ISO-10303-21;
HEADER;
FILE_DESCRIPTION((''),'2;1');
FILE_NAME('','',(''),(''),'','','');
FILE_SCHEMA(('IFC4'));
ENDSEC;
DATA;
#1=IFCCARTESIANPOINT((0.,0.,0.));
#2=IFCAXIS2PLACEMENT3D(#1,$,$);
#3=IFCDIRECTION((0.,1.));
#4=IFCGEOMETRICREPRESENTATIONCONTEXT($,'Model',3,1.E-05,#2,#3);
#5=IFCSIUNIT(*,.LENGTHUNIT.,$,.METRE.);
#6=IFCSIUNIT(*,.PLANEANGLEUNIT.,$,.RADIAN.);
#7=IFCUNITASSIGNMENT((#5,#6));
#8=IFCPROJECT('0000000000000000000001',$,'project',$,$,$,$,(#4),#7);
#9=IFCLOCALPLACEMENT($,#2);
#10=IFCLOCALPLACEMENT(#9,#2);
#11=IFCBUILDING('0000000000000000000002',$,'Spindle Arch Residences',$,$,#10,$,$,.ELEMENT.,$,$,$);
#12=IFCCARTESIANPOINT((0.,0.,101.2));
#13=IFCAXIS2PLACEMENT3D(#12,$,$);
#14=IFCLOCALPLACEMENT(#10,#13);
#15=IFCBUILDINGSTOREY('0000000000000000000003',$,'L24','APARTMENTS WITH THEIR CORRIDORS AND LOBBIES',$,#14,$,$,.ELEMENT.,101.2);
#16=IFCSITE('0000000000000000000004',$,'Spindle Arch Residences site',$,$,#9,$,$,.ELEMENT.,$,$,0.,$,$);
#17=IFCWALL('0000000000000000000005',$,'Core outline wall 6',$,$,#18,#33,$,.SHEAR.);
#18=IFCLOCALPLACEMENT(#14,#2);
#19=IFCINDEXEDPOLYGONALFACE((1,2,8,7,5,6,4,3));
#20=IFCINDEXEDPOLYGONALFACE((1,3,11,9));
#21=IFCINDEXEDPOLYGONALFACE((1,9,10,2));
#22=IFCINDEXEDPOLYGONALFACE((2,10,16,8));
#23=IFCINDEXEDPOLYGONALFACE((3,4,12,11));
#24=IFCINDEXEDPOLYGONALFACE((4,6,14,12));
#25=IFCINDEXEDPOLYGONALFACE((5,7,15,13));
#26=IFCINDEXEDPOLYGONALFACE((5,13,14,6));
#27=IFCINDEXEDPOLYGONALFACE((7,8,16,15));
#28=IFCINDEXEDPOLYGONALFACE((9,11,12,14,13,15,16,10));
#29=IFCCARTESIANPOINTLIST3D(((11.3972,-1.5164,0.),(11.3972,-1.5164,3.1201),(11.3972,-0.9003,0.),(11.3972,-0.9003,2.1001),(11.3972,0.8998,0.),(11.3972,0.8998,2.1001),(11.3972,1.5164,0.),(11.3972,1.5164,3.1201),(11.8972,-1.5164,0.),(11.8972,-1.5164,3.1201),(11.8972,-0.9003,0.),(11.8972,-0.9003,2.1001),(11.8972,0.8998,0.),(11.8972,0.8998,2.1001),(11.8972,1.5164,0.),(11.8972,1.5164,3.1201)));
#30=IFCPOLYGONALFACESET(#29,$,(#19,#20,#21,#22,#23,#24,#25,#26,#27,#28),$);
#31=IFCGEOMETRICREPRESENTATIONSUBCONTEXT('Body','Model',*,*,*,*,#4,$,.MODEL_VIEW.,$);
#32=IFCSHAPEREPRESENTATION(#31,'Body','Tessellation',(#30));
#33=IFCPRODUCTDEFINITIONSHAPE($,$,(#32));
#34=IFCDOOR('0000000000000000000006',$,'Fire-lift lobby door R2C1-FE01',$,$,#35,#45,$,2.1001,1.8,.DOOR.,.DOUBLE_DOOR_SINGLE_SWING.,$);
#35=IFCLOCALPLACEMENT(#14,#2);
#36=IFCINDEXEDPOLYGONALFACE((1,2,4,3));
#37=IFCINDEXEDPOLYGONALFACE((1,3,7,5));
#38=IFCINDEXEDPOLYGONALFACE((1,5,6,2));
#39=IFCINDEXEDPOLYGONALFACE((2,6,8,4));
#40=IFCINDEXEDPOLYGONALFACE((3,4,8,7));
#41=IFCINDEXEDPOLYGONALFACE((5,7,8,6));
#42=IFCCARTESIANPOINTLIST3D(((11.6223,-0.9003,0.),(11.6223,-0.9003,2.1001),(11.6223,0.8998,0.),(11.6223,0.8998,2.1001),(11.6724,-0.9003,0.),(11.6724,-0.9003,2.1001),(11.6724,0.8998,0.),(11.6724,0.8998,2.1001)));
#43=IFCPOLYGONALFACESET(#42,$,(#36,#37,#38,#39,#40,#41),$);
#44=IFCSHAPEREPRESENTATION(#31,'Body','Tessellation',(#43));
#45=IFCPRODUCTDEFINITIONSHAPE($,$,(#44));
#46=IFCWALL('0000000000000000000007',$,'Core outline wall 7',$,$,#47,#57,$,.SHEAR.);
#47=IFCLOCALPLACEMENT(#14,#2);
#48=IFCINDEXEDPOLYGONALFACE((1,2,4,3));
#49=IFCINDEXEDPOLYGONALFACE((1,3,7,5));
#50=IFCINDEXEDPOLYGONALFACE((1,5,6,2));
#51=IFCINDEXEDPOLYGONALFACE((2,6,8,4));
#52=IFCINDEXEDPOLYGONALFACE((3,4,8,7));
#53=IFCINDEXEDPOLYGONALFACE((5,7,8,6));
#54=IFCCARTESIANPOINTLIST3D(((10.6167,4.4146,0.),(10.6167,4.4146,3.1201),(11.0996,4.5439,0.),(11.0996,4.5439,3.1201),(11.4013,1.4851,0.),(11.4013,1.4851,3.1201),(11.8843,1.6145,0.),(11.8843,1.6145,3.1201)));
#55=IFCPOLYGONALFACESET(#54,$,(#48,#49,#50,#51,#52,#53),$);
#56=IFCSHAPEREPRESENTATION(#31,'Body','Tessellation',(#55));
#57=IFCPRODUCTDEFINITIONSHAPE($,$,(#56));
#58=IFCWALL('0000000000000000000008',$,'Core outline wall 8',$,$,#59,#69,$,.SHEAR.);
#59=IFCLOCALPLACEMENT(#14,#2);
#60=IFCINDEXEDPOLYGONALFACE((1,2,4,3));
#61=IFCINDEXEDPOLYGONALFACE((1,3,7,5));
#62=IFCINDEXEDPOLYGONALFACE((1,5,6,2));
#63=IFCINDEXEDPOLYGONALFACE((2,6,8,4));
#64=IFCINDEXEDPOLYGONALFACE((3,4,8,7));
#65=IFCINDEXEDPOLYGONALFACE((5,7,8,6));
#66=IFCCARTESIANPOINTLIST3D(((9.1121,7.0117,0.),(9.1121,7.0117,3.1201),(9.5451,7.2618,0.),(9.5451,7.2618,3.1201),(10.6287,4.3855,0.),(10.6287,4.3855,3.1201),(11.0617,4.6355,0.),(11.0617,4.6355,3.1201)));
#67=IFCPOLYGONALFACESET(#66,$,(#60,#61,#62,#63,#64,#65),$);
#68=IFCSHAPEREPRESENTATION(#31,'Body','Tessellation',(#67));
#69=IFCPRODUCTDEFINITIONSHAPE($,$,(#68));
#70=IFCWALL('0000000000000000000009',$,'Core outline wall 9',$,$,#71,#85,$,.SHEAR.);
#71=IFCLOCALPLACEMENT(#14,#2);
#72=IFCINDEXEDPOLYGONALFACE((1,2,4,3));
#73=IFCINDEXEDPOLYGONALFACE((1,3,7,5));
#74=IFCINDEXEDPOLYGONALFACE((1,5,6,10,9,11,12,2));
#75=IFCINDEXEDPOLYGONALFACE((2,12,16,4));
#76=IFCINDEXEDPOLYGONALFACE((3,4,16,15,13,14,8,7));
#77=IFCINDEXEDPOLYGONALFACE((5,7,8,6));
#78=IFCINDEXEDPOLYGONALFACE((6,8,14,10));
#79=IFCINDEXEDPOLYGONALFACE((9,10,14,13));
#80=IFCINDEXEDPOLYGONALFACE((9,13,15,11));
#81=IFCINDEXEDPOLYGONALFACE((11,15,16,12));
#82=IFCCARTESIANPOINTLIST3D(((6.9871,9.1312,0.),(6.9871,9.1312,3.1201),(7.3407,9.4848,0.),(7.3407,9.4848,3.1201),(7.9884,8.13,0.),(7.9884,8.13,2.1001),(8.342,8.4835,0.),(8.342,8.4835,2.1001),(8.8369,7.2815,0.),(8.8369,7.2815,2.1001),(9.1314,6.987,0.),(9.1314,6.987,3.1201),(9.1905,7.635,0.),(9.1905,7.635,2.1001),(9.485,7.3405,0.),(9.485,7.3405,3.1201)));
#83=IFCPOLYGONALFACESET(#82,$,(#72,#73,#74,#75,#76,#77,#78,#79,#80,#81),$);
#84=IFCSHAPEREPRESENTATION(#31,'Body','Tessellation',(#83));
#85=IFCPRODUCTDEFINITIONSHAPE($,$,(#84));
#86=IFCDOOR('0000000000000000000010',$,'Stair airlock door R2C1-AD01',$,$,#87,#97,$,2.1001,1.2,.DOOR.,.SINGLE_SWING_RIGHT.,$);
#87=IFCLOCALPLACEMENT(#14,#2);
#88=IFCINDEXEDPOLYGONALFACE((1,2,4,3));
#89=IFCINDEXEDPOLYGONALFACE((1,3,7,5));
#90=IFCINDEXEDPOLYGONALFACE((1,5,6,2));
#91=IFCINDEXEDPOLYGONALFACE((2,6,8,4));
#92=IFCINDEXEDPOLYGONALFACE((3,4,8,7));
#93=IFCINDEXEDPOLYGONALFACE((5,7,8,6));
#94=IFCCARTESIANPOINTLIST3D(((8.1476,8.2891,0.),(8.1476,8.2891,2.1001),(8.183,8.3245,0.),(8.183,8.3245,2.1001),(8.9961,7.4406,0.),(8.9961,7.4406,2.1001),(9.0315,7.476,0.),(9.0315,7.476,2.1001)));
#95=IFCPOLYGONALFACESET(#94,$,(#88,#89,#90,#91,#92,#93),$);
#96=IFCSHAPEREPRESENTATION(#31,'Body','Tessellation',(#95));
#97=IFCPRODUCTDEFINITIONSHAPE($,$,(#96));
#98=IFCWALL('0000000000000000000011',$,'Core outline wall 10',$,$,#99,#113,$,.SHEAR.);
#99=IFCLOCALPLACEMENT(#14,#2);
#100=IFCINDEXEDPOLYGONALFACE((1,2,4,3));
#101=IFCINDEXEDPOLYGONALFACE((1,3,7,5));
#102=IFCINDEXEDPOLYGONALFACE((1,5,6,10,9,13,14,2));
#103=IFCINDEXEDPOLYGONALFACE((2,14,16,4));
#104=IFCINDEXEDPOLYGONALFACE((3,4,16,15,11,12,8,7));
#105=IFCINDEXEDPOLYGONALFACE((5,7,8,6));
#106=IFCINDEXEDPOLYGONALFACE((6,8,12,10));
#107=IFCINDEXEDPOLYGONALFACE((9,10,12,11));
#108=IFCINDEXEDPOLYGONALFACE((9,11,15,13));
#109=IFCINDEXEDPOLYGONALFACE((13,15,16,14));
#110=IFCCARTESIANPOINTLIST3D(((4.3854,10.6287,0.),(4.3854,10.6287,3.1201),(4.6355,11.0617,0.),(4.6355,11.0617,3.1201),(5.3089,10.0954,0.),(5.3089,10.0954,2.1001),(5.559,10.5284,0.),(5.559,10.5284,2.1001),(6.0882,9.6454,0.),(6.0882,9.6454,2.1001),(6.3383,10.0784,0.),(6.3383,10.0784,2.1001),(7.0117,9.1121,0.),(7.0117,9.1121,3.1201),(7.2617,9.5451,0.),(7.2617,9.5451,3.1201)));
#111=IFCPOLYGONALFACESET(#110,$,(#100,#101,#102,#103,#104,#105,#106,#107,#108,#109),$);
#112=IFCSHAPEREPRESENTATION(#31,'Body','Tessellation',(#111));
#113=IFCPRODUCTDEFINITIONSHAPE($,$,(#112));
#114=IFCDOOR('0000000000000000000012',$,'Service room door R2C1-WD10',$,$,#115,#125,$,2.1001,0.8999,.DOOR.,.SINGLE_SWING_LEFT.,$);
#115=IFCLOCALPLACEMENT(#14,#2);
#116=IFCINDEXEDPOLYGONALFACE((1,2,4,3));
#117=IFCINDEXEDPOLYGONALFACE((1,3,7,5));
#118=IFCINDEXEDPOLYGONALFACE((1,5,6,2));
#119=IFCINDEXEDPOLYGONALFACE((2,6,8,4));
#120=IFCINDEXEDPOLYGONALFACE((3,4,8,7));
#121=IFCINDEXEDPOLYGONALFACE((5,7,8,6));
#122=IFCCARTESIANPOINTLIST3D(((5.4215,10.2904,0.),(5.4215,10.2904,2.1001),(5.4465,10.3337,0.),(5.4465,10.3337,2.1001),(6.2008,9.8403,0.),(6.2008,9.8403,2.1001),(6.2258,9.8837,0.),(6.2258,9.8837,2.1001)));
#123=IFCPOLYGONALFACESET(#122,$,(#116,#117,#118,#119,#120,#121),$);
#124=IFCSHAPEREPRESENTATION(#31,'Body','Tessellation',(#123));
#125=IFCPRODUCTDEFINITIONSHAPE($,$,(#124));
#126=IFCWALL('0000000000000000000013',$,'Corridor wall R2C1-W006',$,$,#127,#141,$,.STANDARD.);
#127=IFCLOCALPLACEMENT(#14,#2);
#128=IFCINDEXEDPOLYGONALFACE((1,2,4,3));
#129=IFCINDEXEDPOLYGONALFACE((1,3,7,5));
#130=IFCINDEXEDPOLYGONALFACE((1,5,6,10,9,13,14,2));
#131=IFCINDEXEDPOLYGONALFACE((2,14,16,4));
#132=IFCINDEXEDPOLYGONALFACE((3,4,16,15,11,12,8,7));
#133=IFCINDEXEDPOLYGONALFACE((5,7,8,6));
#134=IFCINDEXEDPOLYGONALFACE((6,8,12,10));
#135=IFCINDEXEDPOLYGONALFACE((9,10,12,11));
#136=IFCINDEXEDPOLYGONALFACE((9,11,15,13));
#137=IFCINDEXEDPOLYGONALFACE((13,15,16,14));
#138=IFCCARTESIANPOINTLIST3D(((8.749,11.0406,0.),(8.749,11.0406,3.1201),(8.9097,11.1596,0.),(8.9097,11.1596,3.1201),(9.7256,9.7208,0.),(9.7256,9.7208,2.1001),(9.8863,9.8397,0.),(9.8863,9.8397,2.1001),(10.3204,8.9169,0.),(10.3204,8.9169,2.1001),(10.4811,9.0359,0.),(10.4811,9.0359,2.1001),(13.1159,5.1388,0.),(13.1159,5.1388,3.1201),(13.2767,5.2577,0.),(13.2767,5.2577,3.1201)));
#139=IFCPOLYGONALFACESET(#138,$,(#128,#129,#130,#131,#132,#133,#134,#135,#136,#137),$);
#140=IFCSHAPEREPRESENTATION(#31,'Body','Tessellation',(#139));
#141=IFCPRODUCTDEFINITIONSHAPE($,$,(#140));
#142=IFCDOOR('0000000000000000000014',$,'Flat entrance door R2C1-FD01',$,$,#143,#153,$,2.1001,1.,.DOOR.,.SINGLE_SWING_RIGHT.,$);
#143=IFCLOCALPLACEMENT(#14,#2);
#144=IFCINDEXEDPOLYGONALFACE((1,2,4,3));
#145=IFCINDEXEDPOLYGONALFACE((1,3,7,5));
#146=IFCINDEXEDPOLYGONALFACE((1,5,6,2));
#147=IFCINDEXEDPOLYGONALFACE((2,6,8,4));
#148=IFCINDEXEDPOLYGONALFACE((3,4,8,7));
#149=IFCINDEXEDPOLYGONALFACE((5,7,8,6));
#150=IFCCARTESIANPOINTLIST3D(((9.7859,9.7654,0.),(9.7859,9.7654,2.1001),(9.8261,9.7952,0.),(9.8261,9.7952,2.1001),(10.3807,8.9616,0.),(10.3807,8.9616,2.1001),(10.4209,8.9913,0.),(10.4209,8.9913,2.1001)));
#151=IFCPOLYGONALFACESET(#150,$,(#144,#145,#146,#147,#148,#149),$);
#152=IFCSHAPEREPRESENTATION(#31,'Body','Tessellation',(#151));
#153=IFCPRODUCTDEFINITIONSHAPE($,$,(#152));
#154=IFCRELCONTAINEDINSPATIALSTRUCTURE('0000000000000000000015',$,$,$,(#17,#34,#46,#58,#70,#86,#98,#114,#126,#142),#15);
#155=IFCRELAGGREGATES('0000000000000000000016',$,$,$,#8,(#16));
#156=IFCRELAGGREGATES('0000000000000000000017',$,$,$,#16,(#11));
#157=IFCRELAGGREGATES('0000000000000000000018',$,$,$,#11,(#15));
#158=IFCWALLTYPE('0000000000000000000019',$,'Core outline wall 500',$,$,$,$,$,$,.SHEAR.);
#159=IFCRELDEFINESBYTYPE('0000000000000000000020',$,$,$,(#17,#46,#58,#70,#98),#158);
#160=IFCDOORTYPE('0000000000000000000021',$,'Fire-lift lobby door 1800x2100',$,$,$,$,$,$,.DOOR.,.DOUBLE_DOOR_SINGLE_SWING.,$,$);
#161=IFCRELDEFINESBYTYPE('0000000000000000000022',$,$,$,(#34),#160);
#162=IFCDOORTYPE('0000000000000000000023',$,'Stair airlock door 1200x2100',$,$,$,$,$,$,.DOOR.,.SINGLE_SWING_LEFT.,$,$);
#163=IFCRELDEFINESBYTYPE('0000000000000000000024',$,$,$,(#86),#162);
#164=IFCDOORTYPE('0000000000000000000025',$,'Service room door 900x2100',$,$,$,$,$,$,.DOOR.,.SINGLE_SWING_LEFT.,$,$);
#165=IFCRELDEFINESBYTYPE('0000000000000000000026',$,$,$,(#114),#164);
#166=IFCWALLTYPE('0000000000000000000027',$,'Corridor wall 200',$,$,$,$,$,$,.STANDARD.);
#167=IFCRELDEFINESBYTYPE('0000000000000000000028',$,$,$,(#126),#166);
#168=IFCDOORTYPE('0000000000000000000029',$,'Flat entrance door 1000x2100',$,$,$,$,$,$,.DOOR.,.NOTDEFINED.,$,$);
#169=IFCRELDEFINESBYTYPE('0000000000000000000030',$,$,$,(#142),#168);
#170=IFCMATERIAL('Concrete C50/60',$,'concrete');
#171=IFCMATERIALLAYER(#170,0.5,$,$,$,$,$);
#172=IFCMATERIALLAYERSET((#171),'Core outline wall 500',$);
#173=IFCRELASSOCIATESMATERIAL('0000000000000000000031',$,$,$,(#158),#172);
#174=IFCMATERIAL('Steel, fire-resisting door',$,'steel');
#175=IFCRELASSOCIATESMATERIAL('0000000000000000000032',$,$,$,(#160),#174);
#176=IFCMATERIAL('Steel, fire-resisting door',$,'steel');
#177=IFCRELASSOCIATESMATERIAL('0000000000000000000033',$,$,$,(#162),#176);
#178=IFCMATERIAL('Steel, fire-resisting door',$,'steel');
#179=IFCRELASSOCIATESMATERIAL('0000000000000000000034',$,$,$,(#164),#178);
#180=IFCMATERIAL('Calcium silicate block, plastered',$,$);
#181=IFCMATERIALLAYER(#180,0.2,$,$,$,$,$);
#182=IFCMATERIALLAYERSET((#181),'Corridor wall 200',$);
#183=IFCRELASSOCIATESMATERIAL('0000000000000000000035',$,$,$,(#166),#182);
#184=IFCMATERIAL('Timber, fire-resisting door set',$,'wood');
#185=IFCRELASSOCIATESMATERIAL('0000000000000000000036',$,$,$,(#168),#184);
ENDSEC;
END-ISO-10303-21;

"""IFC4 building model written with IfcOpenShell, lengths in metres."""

from ifc_helpers import new_model, si_unit, direction, frame, frame_2d, origin, place, context, subcontext, project, spatial, rectangle, extrude, material, layer, layer_set, type_object, element, fill, save


model = new_model("IFC4")

# Units and contexts
model_context = context("Model", 3, precision=1e-05, world=origin(), true_north=direction((0.0, 1.0)))
body_context = subcontext(model_context, "Body", "Model", "MODEL_VIEW")
ifc_project = project(units=[si_unit("LENGTHUNIT", "METRE"), si_unit("PLANEANGLEUNIT", "RADIAN")], contexts=[model_context])

# Site, building, storey
site_placement = place(None, origin())
site = spatial("IfcSite", under=ifc_project, at=site_placement, Name="Spindle Arch Residences site", CompositionType="ELEMENT", RefElevation=0.0)
building_placement = place(site_placement, origin())
building = spatial("IfcBuilding", under=site, at=building_placement, Name="Spindle Arch Residences", CompositionType="ELEMENT")
storey_placement = place(building_placement, frame((0.0, 0.0, 101.2)))
storey = spatial("IfcBuildingStorey", under=building, at=storey_placement, Name="L24", Description="APARTMENTS WITH THEIR CORRIDORS AND LOBBIES", CompositionType="ELEMENT", Elevation=101.2)

# Wall, opening, door
ifc_material_1 = material(Name="Concrete C50/60", Category="concrete")
ifc_layer_1 = layer(ifc_material_1, 0.5)
ifc_layer_set_1 = layer_set([ifc_layer_1], Name="Core outline wall 500")
wall_type_1 = type_object("IfcWallType", Name="Core outline wall 500", PredefinedType="SHEAR", material=ifc_layer_set_1)
wall_1_placement = place(storey_placement, frame((11.6472, -1.5164, 0.0), z_axis=(0.0, 0.0, 1.0), x_axis=(0.0, 1.0, 0.0)))
wall_1 = element("IfcWall", 1, at=wall_1_placement, inside=storey, type_object=wall_type_1, Name="Core outline wall 6", PredefinedType="SHEAR", context=body_context, shape_type="SweptSolid", body=[
    extrude(rectangle(XDim=3.0327, YDim=0.5, at=frame_2d((1.5164, 0.0))), origin(), (0.0, 0.0, 1.0), 3.1201),
])
opening_1_placement = place(wall_1_placement, frame((0.6162, 0.0, 0.0)))
opening_1 = element("IfcOpeningElement", 2, at=opening_1_placement, cuts=wall_1, PredefinedType="OPENING", context=body_context, shape_type="SweptSolid", body=[
    extrude(rectangle(XDim=1.8, YDim=2.1001, at=frame_2d((0.8999, 1.05))), frame((0.0, 0.26, 0.0), z_axis=(0.0, -1.0, 0.0), x_axis=(1.0, 0.0, 0.0)), (0.0, 0.0, 1.0), 0.52),
])
ifc_material_2 = material(Name="Steel, fire-resisting door", Category="steel")
door_type_1 = type_object("IfcDoorType", Name="Fire-lift lobby door 1800x2100", OperationType="DOUBLE_DOOR_SINGLE_SWING", PredefinedType="DOOR", material=ifc_material_2)
door_1_placement = place(opening_1_placement, origin())
door_1 = element("IfcDoor", 3, at=door_1_placement, inside=storey, type_object=door_type_1, Name="Fire-lift lobby door R2C1-FE01", OperationType="DOUBLE_DOOR_SINGLE_SWING", OverallHeight=2.1001, OverallWidth=1.8, PredefinedType="DOOR", context=body_context, shape_type="SweptSolid", body=[
    extrude(rectangle(XDim=1.8, YDim=2.1001, at=frame_2d((0.8999, 1.05))), frame((0.0, 0.0249, 0.0), z_axis=(0.0, -1.0, 0.0), x_axis=(1.0, 0.0, 0.0)), (0.0, 0.0, 1.0), 0.05),
])
fill(opening_1, door_1)

# Walls
for number, where, z_axis, x_axis, name in (
    (4, (11.6428, 1.5498, 0.0), (0.0, 0.0, 1.0), (-0.258735, 0.965948, 0.0), "Core outline wall 7"),
    (5, (10.8452, 4.5105, 0.0), (0.0, 0.0, 1.0), (-0.500087, 0.865975, 0.0), "Core outline wall 8"),
):
    element("IfcWall", number, at=place(storey_placement, frame(where, z_axis=z_axis, x_axis=x_axis)), inside=storey, type_object=wall_type_1, Name=name, PredefinedType="SHEAR", context=body_context, shape_type="SweptSolid", body=[
        extrude(rectangle(XDim=3.0327, YDim=0.5, at=frame_2d((1.5164, 0.0))), origin(), (0.0, 0.0, 1.0), 3.1201),
    ])

# Walls, openings, doors
wall_2_placement = place(storey_placement, frame((9.3081, 7.1638, 0.0), z_axis=(0.0, 0.0, 1.0), x_axis=(-0.707107, 0.707107, 0.0)))
wall_2 = element("IfcWall", 6, at=wall_2_placement, inside=storey, type_object=wall_type_1, Name="Core outline wall 9", PredefinedType="SHEAR", context=body_context, shape_type="SweptSolid", body=[
    extrude(rectangle(XDim=3.0325, YDim=0.5, at=frame_2d((1.5161, 0.0))), origin(), (0.0, 0.0, 1.0), 3.1201),
])
opening_2_placement = place(wall_2_placement, frame((0.4163, 0.0, 0.0)))
opening_2 = element("IfcOpeningElement", 7, at=opening_2_placement, cuts=wall_2, PredefinedType="OPENING", context=body_context, shape_type="SweptSolid", body=[
    extrude(rectangle(XDim=1.2, YDim=2.1001, at=frame_2d((0.6001, 1.05))), frame((0.0, 0.26, 0.0), z_axis=(0.0, -1.0, 0.0), x_axis=(1.0, 0.0, 0.0)), (0.0, 0.0, 1.0), 0.52),
])
ifc_material_3 = material(Name="Steel, fire-resisting door", Category="steel")
door_type_2 = type_object("IfcDoorType", Name="Stair airlock door 1200x2100", OperationType="SINGLE_SWING_LEFT", PredefinedType="DOOR", material=ifc_material_3)
door_2_placement = place(opening_2_placement, origin())
door_2 = element("IfcDoor", 8, at=door_2_placement, inside=storey, type_object=door_type_2, Name="Stair airlock door R2C1-AD01", OperationType="SINGLE_SWING_RIGHT", OverallHeight=2.1001, OverallWidth=1.2, PredefinedType="DOOR", context=body_context, shape_type="SweptSolid", body=[
    extrude(rectangle(XDim=1.2, YDim=2.1001, at=frame_2d((0.6001, 1.05))), frame((0.0, 0.0249, 0.0), z_axis=(0.0, -1.0, 0.0), x_axis=(1.0, 0.0, 0.0)), (0.0, 0.0, 1.0), 0.05),
])
fill(opening_2, door_2)
wall_3_placement = place(storey_placement, frame((7.1367, 9.3286, 0.0), z_axis=(0.0, 0.0, 1.0), x_axis=(-0.865975, 0.500087, 0.0)))
wall_3 = element("IfcWall", 9, at=wall_3_placement, inside=storey, type_object=wall_type_1, Name="Core outline wall 10", PredefinedType="SHEAR", context=body_context, shape_type="SweptSolid", body=[
    extrude(rectangle(XDim=3.0327, YDim=0.5, at=frame_2d((1.5164, 0.0))), origin(), (0.0, 0.0, 1.0), 3.1201),
])
opening_3_placement = place(wall_3_placement, frame((1.0664, 0.0, 0.0)))
opening_3 = element("IfcOpeningElement", 10, at=opening_3_placement, cuts=wall_3, PredefinedType="OPENING", context=body_context, shape_type="SweptSolid", body=[
    extrude(rectangle(XDim=0.8999, YDim=2.1001, at=frame_2d((0.45, 1.05))), frame((0.0, 0.26, 0.0), z_axis=(0.0, -1.0, 0.0), x_axis=(1.0, 0.0, 0.0)), (0.0, 0.0, 1.0), 0.52),
])
ifc_material_4 = material(Name="Steel, fire-resisting door", Category="steel")
door_type_3 = type_object("IfcDoorType", Name="Service room door 900x2100", OperationType="SINGLE_SWING_LEFT", PredefinedType="DOOR", material=ifc_material_4)
door_3_placement = place(opening_3_placement, origin())
door_3 = element("IfcDoor", 11, at=door_3_placement, inside=storey, type_object=door_type_3, Name="Service room door R2C1-WD10", OperationType="SINGLE_SWING_LEFT", OverallHeight=2.1001, OverallWidth=0.8999, PredefinedType="DOOR", context=body_context, shape_type="SweptSolid", body=[
    extrude(rectangle(XDim=0.8999, YDim=2.1001, at=frame_2d((0.45, 1.05))), frame((0.0, 0.0249, 0.0), z_axis=(0.0, -1.0, 0.0), x_axis=(1.0, 0.0, 0.0)), (0.0, 0.0, 1.0), 0.05),
])
fill(opening_3, door_3)
ifc_material_5 = material(Name="Calcium silicate block, plastered")
ifc_layer_2 = layer(ifc_material_5, 0.2)
ifc_layer_set_2 = layer_set([ifc_layer_2], Name="Corridor wall 200")
wall_type_2 = type_object("IfcWallType", Name="Corridor wall 200", PredefinedType="STANDARD", material=ifc_layer_set_2)
wall_4_placement = place(storey_placement, frame((13.1963, 5.1982, 0.0), z_axis=(0.0, 0.0, 1.0), x_axis=(-0.594805, 0.80387, 0.0)))
wall_4 = element("IfcWall", 12, at=wall_4_placement, inside=storey, type_object=wall_type_2, Name="Corridor wall R2C1-W006", PredefinedType="STANDARD", context=body_context, shape_type="SweptSolid", body=[
    extrude(rectangle(XDim=7.3418, YDim=0.2, at=frame_2d((3.6709, 0.0))), origin(), (0.0, 0.0, 1.0), 3.1201),
])
opening_4_placement = place(wall_4_placement, frame((4.7, 0.0, 0.0)))
opening_4 = element("IfcOpeningElement", 13, at=opening_4_placement, cuts=wall_4, PredefinedType="OPENING", context=body_context, shape_type="SweptSolid", body=[
    extrude(rectangle(XDim=1.0, YDim=2.1001, at=frame_2d((0.5, 1.05))), frame((0.0, 0.1099, 0.0), z_axis=(0.0, -1.0, 0.0), x_axis=(1.0, 0.0, 0.0)), (0.0, 0.0, 1.0), 0.22),
])
ifc_material_6 = material(Name="Timber, fire-resisting door set", Category="wood")
door_type_4 = type_object("IfcDoorType", Name="Flat entrance door 1000x2100", OperationType="NOTDEFINED", PredefinedType="DOOR", material=ifc_material_6)
door_4_placement = place(opening_4_placement, origin())
door_4 = element("IfcDoor", 14, at=door_4_placement, inside=storey, type_object=door_type_4, Name="Flat entrance door R2C1-FD01", OperationType="SINGLE_SWING_RIGHT", OverallHeight=2.1001, OverallWidth=1.0, PredefinedType="DOOR", context=body_context, shape_type="SweptSolid", body=[
    extrude(rectangle(XDim=1.0, YDim=2.1001, at=frame_2d((0.5, 1.05))), frame((0.0, 0.0249, 0.0), z_axis=(0.0, -1.0, 0.0), x_axis=(1.0, 0.0, 0.0)), (0.0, 0.0, 1.0), 0.05),
])
fill(opening_4, door_4)

save(model, "model.ifc")
